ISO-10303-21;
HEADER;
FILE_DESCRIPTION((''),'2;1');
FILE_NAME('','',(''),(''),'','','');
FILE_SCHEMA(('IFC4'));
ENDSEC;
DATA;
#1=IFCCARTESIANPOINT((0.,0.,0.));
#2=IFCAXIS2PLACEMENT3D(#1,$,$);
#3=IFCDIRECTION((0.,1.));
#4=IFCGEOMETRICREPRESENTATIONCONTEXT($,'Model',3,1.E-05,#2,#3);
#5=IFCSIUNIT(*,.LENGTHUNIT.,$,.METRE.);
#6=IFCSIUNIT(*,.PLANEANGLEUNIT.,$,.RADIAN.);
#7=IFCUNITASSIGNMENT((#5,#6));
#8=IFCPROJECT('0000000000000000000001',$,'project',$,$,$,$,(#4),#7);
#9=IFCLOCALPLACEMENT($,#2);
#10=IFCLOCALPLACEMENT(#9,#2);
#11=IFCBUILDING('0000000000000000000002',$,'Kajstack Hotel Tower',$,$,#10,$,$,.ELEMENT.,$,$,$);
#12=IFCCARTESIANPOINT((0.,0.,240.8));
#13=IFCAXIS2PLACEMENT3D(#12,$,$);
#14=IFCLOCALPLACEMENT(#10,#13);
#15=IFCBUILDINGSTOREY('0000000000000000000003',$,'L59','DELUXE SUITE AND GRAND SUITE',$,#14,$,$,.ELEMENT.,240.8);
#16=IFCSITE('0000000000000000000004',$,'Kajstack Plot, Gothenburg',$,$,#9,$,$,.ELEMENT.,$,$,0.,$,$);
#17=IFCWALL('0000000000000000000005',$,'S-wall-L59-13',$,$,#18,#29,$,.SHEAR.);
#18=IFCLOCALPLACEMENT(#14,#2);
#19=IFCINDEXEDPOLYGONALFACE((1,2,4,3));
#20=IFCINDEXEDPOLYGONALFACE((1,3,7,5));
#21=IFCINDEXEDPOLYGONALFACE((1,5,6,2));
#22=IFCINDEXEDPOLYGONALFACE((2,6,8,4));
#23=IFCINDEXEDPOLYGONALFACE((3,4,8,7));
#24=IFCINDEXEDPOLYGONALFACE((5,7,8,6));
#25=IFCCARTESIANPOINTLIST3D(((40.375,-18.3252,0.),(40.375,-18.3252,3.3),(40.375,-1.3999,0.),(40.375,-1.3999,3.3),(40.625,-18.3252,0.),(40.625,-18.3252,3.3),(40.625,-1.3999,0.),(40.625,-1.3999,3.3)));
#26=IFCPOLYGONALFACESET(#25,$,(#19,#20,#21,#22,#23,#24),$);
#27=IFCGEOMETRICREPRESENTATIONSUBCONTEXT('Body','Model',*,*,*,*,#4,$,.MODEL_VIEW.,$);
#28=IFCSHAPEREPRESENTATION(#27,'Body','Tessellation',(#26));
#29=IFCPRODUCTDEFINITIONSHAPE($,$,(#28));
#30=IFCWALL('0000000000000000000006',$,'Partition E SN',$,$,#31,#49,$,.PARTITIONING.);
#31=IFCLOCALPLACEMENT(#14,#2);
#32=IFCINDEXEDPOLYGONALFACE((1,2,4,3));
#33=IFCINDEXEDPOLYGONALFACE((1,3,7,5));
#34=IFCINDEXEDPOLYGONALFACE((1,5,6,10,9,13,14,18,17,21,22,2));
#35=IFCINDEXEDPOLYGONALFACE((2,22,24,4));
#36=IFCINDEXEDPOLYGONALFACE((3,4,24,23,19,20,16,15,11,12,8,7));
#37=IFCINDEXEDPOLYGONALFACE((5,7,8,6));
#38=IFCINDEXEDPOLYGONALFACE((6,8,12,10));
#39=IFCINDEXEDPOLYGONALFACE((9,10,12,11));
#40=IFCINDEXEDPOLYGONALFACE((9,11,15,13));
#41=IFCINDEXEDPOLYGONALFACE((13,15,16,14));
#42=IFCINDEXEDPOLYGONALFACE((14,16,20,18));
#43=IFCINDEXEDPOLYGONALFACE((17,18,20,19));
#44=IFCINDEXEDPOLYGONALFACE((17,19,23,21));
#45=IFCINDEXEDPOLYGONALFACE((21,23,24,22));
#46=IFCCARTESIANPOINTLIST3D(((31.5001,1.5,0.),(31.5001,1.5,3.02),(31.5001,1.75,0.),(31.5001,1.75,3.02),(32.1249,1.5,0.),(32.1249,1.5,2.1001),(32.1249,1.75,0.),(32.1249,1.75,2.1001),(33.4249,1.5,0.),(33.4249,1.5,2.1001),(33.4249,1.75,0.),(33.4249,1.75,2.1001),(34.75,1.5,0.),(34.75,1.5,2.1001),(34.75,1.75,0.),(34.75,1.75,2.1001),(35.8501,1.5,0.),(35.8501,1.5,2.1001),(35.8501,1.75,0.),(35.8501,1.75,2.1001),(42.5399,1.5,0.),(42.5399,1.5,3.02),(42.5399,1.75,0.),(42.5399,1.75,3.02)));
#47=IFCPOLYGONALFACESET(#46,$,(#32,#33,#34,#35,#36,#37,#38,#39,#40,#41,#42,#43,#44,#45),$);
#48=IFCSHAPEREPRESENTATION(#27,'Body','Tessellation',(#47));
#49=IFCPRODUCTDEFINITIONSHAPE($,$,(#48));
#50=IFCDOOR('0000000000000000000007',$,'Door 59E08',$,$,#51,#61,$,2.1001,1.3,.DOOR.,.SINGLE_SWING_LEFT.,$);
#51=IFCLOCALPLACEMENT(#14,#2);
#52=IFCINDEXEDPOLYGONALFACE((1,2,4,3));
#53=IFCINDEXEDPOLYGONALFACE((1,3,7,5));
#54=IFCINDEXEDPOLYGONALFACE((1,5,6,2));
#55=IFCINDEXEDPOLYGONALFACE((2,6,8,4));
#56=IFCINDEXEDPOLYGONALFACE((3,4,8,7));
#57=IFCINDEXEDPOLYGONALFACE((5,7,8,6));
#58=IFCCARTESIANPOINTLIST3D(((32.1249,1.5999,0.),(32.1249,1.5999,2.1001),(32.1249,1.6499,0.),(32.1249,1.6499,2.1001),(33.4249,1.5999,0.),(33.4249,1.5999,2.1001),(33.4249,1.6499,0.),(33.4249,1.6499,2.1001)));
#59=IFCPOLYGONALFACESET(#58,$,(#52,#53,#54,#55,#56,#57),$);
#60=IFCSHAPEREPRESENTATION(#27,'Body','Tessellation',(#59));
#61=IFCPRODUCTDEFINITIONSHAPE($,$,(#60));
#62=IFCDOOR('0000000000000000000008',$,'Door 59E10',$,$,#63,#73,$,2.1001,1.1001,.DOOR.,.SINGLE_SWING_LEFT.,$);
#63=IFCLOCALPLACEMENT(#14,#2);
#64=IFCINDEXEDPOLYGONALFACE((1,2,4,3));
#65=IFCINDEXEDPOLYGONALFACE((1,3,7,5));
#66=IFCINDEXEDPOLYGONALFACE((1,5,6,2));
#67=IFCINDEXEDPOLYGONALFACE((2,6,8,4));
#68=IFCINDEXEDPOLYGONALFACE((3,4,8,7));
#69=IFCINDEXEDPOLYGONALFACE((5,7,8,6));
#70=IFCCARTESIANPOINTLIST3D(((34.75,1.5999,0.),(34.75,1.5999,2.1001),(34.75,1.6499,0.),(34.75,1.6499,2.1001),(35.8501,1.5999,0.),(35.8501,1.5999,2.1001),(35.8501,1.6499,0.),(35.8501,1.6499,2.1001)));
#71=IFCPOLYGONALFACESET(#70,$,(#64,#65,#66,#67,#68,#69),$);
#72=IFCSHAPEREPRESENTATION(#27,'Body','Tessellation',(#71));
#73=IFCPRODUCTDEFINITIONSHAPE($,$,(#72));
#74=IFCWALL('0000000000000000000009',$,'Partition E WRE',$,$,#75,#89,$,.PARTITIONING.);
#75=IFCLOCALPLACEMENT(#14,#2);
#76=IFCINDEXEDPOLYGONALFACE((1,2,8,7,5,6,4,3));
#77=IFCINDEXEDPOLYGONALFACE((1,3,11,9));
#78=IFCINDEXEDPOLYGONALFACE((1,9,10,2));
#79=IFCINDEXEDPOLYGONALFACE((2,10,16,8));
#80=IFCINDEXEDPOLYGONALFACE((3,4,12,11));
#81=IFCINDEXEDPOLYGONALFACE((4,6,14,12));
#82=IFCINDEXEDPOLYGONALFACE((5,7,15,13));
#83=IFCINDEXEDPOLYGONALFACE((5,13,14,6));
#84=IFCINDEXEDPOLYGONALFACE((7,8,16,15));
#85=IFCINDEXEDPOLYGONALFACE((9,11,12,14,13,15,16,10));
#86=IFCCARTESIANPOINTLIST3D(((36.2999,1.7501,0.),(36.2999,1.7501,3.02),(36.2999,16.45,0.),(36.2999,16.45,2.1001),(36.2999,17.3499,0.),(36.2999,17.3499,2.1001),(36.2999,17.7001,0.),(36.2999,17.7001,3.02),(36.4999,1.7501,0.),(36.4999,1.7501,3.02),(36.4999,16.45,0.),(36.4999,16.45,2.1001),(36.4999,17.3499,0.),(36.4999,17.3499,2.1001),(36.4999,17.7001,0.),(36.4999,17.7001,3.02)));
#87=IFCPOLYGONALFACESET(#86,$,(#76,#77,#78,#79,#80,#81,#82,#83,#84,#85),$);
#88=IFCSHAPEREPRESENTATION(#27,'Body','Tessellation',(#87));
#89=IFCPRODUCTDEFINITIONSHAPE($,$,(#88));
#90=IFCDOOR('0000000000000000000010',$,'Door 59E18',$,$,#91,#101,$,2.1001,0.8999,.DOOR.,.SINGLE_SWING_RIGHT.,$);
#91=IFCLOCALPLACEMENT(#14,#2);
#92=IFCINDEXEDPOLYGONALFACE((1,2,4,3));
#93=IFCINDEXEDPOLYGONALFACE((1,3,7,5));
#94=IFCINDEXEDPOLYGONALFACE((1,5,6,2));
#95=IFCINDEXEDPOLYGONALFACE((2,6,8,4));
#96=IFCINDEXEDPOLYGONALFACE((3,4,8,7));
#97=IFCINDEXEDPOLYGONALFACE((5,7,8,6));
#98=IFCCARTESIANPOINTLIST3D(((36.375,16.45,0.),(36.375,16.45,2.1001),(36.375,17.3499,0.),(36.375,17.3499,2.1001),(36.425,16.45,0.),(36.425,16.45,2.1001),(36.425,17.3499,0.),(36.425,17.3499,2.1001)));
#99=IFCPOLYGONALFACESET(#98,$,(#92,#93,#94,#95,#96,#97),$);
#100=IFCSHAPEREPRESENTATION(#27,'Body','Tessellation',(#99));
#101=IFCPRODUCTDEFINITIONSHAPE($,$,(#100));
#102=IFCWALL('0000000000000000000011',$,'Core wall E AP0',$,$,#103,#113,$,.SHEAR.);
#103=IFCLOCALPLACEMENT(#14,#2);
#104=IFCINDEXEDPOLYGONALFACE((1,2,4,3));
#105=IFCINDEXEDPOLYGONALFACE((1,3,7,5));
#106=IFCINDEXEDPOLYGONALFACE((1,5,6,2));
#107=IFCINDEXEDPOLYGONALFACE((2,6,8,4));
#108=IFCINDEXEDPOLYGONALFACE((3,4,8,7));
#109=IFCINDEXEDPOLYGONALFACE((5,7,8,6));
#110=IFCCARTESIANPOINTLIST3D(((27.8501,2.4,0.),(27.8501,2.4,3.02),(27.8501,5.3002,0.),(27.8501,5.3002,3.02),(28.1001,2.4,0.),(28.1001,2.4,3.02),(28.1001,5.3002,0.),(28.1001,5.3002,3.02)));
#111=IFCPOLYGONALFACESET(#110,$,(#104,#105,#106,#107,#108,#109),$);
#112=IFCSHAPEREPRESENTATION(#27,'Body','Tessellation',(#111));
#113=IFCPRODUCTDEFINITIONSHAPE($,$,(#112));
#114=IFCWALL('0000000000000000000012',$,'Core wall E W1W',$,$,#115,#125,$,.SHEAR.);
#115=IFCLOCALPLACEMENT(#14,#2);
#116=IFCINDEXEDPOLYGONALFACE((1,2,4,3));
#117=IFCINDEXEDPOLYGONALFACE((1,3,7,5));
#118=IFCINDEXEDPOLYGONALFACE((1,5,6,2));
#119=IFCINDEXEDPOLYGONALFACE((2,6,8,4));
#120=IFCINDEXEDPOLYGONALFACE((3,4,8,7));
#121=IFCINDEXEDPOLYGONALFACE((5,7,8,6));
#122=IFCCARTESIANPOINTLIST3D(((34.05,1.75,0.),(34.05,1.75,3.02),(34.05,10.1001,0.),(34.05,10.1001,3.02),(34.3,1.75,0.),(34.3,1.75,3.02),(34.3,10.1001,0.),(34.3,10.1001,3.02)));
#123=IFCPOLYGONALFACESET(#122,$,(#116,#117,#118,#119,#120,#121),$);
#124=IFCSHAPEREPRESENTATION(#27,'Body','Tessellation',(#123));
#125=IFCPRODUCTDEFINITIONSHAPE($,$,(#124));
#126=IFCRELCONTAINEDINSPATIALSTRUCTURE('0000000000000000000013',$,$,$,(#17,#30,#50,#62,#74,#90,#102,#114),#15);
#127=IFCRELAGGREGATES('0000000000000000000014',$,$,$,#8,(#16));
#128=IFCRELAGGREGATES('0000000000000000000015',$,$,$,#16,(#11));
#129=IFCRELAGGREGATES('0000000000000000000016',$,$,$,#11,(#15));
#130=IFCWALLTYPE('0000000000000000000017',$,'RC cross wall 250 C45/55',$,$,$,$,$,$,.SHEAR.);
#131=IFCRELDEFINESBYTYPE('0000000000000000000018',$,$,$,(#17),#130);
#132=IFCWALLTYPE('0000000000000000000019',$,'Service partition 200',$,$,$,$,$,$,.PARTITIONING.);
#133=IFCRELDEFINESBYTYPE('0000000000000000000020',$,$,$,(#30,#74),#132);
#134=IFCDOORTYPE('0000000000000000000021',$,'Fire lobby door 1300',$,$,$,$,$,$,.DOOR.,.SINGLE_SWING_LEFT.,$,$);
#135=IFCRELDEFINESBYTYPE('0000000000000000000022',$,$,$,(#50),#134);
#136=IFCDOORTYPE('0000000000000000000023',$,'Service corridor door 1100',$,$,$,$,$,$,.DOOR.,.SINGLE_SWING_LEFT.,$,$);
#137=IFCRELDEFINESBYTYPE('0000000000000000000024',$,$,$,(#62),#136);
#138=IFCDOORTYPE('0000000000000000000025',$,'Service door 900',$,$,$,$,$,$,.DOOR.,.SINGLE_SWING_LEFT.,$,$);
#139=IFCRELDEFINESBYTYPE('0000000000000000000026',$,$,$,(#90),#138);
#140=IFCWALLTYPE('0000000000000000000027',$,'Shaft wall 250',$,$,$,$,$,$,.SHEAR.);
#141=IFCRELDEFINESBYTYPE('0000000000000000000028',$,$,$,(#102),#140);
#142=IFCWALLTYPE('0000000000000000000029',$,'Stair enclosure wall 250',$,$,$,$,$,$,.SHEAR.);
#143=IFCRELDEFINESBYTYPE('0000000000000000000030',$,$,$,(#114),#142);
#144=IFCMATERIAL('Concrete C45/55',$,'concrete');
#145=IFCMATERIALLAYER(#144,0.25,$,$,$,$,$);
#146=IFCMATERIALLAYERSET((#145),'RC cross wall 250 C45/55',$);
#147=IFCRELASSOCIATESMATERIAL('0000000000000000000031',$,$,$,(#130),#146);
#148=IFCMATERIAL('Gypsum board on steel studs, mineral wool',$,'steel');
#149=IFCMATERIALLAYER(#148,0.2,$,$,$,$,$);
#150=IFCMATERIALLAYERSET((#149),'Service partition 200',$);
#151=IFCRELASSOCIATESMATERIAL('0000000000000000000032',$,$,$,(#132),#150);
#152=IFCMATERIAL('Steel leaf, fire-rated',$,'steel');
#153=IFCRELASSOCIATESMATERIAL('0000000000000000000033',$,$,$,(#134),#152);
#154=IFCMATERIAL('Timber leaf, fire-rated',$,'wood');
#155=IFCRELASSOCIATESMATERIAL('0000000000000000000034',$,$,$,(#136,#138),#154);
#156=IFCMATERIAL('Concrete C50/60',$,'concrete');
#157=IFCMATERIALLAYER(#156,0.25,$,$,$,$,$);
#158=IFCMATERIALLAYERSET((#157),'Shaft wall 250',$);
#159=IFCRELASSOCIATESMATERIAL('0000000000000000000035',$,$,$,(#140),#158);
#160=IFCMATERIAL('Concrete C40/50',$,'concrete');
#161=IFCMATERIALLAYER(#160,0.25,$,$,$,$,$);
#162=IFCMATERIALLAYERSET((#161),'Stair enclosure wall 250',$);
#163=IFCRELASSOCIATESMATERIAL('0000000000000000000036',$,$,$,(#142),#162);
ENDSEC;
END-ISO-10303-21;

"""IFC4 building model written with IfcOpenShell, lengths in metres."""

from ifc_helpers import new_model, si_unit, direction, frame, frame_2d, origin, place, context, subcontext, project, spatial, rectangle, extrude, material, layer, layer_set, type_object, element, fill, save


model = new_model("IFC4")

# Units and contexts
model_context = context("Model", 3, precision=1e-05, world=origin(), true_north=direction((0.0, 1.0)))
body_context = subcontext(model_context, "Body", "Model", "MODEL_VIEW")
ifc_project = project(units=[si_unit("LENGTHUNIT", "METRE"), si_unit("PLANEANGLEUNIT", "RADIAN")], contexts=[model_context])

# Site, building, storey
site_placement = place(None, origin())
site = spatial("IfcSite", under=ifc_project, at=site_placement, Name="Kajstack Plot, Gothenburg", CompositionType="ELEMENT", RefElevation=0.0)
building_placement = place(site_placement, origin())
building = spatial("IfcBuilding", under=site, at=building_placement, Name="Kajstack Hotel Tower", CompositionType="ELEMENT")
storey_placement = place(building_placement, frame((0.0, 0.0, 240.8)))
storey = spatial("IfcBuildingStorey", under=building, at=storey_placement, Name="L59", Description="DELUXE SUITE AND GRAND SUITE", CompositionType="ELEMENT", Elevation=240.8)

# Wall
ifc_material_1 = material(Name="Concrete C50/60", Category="concrete")
ifc_material_2 = material(Name="Concrete C45/55", Category="concrete")
ifc_layer_1 = layer(ifc_material_2, 0.25)
ifc_layer_set_1 = layer_set([ifc_layer_1], Name="RC cross wall 250 C45/55")
wall_type_1 = type_object("IfcWallType", Name="RC cross wall 250 C45/55", PredefinedType="SHEAR", material=ifc_layer_set_1)
wall_1_placement = place(storey_placement, frame((40.5, -18.3252, 0.0), z_axis=(0.0, 0.0, 1.0), x_axis=(0.0, 1.0, 0.0)))
element("IfcWall", 1, at=wall_1_placement, inside=storey, type_object=wall_type_1, Name="S-wall-L59-13", PredefinedType="SHEAR", context=body_context, shape_type="SweptSolid", body=[
    extrude(rectangle(XDim=16.9253, YDim=0.25, at=frame_2d((8.4626, 0.0))), origin(), (0.0, 0.0, 1.0), 3.3),
])

# Wall, openings, doors
ifc_material_3 = material(Name="Gypsum board on steel studs, mineral wool", Category="steel")
ifc_layer_2 = layer(ifc_material_3, 0.2)
ifc_layer_set_2 = layer_set([ifc_layer_2], Name="Service partition 200")
wall_type_2 = type_object("IfcWallType", Name="Service partition 200", PredefinedType="PARTITIONING", material=ifc_layer_set_2)
wall_2_placement = place(storey_placement, frame((31.5, 1.625, 0.0), z_axis=(0.0, 0.0, 1.0), x_axis=(1.0, 0.0, 0.0)))
wall_2 = element("IfcWall", 2, at=wall_2_placement, inside=storey, type_object=wall_type_2, Name="Partition E SN", PredefinedType="PARTITIONING", context=body_context, shape_type="SweptSolid", body=[
    extrude(rectangle(XDim=11.0398, YDim=0.25, at=frame_2d((5.52, 0.0))), origin(), (0.0, 0.0, 1.0), 3.02),
])
opening_1_placement = place(wall_2_placement, frame((0.625, 0.0, 0.0)))
opening_1 = element("IfcOpeningElement", 3, at=opening_1_placement, cuts=wall_2, PredefinedType="OPENING", context=body_context, shape_type="SweptSolid", body=[
    extrude(rectangle(XDim=1.3, YDim=2.1001, at=frame_2d((0.6499, 1.05))), frame((0.0, 0.135, 0.0), z_axis=(0.0, -1.0, 0.0), x_axis=(1.0, 0.0, 0.0)), (0.0, 0.0, 1.0), 0.27),
])
opening_2_placement = place(wall_2_placement, frame((3.25, 0.0, 0.0)))
opening_2 = element("IfcOpeningElement", 4, at=opening_2_placement, cuts=wall_2, PredefinedType="OPENING", context=body_context, shape_type="SweptSolid", body=[
    extrude(rectangle(XDim=1.1001, YDim=2.1001, at=frame_2d((0.55, 1.05))), frame((0.0, 0.135, 0.0), z_axis=(0.0, -1.0, 0.0), x_axis=(1.0, 0.0, 0.0)), (0.0, 0.0, 1.0), 0.27),
])
ifc_material_4 = material(Name="Steel leaf, fire-rated", Category="steel")
door_type_1 = type_object("IfcDoorType", Name="Fire lobby door 1300", OperationType="SINGLE_SWING_LEFT", PredefinedType="DOOR", material=ifc_material_4)
door_1_placement = place(opening_1_placement, origin())
door_1 = element("IfcDoor", 5, at=door_1_placement, inside=storey, type_object=door_type_1, Name="Door 59E08", OperationType="SINGLE_SWING_LEFT", OverallHeight=2.1001, OverallWidth=1.3, PredefinedType="DOOR", context=body_context, shape_type="SweptSolid", body=[
    extrude(rectangle(XDim=1.3, YDim=2.1001, at=frame_2d((0.6499, 1.05))), frame((0.0, 0.0249, 0.0), z_axis=(0.0, -1.0, 0.0), x_axis=(1.0, 0.0, 0.0)), (0.0, 0.0, 1.0), 0.05),
])
fill(opening_1, door_1)
ifc_material_5 = material(Name="Timber leaf, fire-rated", Category="wood")
door_type_2 = type_object("IfcDoorType", Name="Service corridor door 1100", OperationType="SINGLE_SWING_LEFT", PredefinedType="DOOR", material=ifc_material_5)
door_2_placement = place(opening_2_placement, origin())
door_2 = element("IfcDoor", 6, at=door_2_placement, inside=storey, type_object=door_type_2, Name="Door 59E10", OperationType="SINGLE_SWING_LEFT", OverallHeight=2.1001, OverallWidth=1.1001, PredefinedType="DOOR", context=body_context, shape_type="SweptSolid", body=[
    extrude(rectangle(XDim=1.1001, YDim=2.1001, at=frame_2d((0.55, 1.05))), frame((0.0, 0.0249, 0.0), z_axis=(0.0, -1.0, 0.0), x_axis=(1.0, 0.0, 0.0)), (0.0, 0.0, 1.0), 0.05),
])
fill(opening_2, door_2)

# Wall, opening, door
wall_3_placement = place(storey_placement, frame((36.3999, 1.75, 0.0), z_axis=(0.0, 0.0, 1.0), x_axis=(0.0, 1.0, 0.0)))
wall_3 = element("IfcWall", 7, at=wall_3_placement, inside=storey, type_object=wall_type_2, Name="Partition E WRE", PredefinedType="PARTITIONING", context=body_context, shape_type="SweptSolid", body=[
    extrude(rectangle(XDim=15.95, YDim=0.2, at=frame_2d((7.9751, 0.0))), origin(), (0.0, 0.0, 1.0), 3.02),
])
opening_3_placement = place(wall_3_placement, frame((14.7, 0.0, 0.0)))
opening_3 = element("IfcOpeningElement", 8, at=opening_3_placement, cuts=wall_3, PredefinedType="OPENING", context=body_context, shape_type="SweptSolid", body=[
    extrude(rectangle(XDim=0.8999, YDim=2.1001, at=frame_2d((0.45, 1.05))), frame((0.0, 0.1099, 0.0), z_axis=(0.0, -1.0, 0.0), x_axis=(1.0, 0.0, 0.0)), (0.0, 0.0, 1.0), 0.22),
])
door_type_3 = type_object("IfcDoorType", Name="Service door 900", OperationType="SINGLE_SWING_LEFT", PredefinedType="DOOR", material=ifc_material_5)
door_3_placement = place(opening_3_placement, origin())
door_3 = element("IfcDoor", 9, at=door_3_placement, inside=storey, type_object=door_type_3, Name="Door 59E18", OperationType="SINGLE_SWING_RIGHT", OverallHeight=2.1001, OverallWidth=0.8999, PredefinedType="DOOR", context=body_context, shape_type="SweptSolid", body=[
    extrude(rectangle(XDim=0.8999, YDim=2.1001, at=frame_2d((0.45, 1.05))), frame((0.0, 0.0249, 0.0), z_axis=(0.0, -1.0, 0.0), x_axis=(1.0, 0.0, 0.0)), (0.0, 0.0, 1.0), 0.05),
])
fill(opening_3, door_3)

# Walls
ifc_layer_3 = layer(ifc_material_1, 0.25)
ifc_layer_set_3 = layer_set([ifc_layer_3], Name="Shaft wall 250")
wall_type_3 = type_object("IfcWallType", Name="Shaft wall 250", PredefinedType="SHEAR", material=ifc_layer_set_3)
wall_4_placement = place(storey_placement, frame((27.9751, 2.3999, 0.0), z_axis=(0.0, 0.0, 1.0), x_axis=(0.0, 1.0, 0.0)))
element("IfcWall", 10, at=wall_4_placement, inside=storey, type_object=wall_type_3, Name="Core wall E AP0", PredefinedType="SHEAR", context=body_context, shape_type="SweptSolid", body=[
    extrude(rectangle(XDim=2.9001, YDim=0.25, at=frame_2d((1.4502, 0.0))), origin(), (0.0, 0.0, 1.0), 3.02),
])
ifc_material_6 = material(Name="Concrete C40/50", Category="concrete")
ifc_layer_4 = layer(ifc_material_6, 0.25)
ifc_layer_set_4 = layer_set([ifc_layer_4], Name="Stair enclosure wall 250")
wall_type_4 = type_object("IfcWallType", Name="Stair enclosure wall 250", PredefinedType="SHEAR", material=ifc_layer_set_4)
wall_5_placement = place(storey_placement, frame((34.175, 1.75, 0.0), z_axis=(0.0, 0.0, 1.0), x_axis=(0.0, 1.0, 0.0)))
element("IfcWall", 11, at=wall_5_placement, inside=storey, type_object=wall_type_4, Name="Core wall E W1W", PredefinedType="SHEAR", context=body_context, shape_type="SweptSolid", body=[
    extrude(rectangle(XDim=8.3501, YDim=0.25, at=frame_2d((4.175, 0.0))), origin(), (0.0, 0.0, 1.0), 3.02),
])

save(model, "model.ifc")
